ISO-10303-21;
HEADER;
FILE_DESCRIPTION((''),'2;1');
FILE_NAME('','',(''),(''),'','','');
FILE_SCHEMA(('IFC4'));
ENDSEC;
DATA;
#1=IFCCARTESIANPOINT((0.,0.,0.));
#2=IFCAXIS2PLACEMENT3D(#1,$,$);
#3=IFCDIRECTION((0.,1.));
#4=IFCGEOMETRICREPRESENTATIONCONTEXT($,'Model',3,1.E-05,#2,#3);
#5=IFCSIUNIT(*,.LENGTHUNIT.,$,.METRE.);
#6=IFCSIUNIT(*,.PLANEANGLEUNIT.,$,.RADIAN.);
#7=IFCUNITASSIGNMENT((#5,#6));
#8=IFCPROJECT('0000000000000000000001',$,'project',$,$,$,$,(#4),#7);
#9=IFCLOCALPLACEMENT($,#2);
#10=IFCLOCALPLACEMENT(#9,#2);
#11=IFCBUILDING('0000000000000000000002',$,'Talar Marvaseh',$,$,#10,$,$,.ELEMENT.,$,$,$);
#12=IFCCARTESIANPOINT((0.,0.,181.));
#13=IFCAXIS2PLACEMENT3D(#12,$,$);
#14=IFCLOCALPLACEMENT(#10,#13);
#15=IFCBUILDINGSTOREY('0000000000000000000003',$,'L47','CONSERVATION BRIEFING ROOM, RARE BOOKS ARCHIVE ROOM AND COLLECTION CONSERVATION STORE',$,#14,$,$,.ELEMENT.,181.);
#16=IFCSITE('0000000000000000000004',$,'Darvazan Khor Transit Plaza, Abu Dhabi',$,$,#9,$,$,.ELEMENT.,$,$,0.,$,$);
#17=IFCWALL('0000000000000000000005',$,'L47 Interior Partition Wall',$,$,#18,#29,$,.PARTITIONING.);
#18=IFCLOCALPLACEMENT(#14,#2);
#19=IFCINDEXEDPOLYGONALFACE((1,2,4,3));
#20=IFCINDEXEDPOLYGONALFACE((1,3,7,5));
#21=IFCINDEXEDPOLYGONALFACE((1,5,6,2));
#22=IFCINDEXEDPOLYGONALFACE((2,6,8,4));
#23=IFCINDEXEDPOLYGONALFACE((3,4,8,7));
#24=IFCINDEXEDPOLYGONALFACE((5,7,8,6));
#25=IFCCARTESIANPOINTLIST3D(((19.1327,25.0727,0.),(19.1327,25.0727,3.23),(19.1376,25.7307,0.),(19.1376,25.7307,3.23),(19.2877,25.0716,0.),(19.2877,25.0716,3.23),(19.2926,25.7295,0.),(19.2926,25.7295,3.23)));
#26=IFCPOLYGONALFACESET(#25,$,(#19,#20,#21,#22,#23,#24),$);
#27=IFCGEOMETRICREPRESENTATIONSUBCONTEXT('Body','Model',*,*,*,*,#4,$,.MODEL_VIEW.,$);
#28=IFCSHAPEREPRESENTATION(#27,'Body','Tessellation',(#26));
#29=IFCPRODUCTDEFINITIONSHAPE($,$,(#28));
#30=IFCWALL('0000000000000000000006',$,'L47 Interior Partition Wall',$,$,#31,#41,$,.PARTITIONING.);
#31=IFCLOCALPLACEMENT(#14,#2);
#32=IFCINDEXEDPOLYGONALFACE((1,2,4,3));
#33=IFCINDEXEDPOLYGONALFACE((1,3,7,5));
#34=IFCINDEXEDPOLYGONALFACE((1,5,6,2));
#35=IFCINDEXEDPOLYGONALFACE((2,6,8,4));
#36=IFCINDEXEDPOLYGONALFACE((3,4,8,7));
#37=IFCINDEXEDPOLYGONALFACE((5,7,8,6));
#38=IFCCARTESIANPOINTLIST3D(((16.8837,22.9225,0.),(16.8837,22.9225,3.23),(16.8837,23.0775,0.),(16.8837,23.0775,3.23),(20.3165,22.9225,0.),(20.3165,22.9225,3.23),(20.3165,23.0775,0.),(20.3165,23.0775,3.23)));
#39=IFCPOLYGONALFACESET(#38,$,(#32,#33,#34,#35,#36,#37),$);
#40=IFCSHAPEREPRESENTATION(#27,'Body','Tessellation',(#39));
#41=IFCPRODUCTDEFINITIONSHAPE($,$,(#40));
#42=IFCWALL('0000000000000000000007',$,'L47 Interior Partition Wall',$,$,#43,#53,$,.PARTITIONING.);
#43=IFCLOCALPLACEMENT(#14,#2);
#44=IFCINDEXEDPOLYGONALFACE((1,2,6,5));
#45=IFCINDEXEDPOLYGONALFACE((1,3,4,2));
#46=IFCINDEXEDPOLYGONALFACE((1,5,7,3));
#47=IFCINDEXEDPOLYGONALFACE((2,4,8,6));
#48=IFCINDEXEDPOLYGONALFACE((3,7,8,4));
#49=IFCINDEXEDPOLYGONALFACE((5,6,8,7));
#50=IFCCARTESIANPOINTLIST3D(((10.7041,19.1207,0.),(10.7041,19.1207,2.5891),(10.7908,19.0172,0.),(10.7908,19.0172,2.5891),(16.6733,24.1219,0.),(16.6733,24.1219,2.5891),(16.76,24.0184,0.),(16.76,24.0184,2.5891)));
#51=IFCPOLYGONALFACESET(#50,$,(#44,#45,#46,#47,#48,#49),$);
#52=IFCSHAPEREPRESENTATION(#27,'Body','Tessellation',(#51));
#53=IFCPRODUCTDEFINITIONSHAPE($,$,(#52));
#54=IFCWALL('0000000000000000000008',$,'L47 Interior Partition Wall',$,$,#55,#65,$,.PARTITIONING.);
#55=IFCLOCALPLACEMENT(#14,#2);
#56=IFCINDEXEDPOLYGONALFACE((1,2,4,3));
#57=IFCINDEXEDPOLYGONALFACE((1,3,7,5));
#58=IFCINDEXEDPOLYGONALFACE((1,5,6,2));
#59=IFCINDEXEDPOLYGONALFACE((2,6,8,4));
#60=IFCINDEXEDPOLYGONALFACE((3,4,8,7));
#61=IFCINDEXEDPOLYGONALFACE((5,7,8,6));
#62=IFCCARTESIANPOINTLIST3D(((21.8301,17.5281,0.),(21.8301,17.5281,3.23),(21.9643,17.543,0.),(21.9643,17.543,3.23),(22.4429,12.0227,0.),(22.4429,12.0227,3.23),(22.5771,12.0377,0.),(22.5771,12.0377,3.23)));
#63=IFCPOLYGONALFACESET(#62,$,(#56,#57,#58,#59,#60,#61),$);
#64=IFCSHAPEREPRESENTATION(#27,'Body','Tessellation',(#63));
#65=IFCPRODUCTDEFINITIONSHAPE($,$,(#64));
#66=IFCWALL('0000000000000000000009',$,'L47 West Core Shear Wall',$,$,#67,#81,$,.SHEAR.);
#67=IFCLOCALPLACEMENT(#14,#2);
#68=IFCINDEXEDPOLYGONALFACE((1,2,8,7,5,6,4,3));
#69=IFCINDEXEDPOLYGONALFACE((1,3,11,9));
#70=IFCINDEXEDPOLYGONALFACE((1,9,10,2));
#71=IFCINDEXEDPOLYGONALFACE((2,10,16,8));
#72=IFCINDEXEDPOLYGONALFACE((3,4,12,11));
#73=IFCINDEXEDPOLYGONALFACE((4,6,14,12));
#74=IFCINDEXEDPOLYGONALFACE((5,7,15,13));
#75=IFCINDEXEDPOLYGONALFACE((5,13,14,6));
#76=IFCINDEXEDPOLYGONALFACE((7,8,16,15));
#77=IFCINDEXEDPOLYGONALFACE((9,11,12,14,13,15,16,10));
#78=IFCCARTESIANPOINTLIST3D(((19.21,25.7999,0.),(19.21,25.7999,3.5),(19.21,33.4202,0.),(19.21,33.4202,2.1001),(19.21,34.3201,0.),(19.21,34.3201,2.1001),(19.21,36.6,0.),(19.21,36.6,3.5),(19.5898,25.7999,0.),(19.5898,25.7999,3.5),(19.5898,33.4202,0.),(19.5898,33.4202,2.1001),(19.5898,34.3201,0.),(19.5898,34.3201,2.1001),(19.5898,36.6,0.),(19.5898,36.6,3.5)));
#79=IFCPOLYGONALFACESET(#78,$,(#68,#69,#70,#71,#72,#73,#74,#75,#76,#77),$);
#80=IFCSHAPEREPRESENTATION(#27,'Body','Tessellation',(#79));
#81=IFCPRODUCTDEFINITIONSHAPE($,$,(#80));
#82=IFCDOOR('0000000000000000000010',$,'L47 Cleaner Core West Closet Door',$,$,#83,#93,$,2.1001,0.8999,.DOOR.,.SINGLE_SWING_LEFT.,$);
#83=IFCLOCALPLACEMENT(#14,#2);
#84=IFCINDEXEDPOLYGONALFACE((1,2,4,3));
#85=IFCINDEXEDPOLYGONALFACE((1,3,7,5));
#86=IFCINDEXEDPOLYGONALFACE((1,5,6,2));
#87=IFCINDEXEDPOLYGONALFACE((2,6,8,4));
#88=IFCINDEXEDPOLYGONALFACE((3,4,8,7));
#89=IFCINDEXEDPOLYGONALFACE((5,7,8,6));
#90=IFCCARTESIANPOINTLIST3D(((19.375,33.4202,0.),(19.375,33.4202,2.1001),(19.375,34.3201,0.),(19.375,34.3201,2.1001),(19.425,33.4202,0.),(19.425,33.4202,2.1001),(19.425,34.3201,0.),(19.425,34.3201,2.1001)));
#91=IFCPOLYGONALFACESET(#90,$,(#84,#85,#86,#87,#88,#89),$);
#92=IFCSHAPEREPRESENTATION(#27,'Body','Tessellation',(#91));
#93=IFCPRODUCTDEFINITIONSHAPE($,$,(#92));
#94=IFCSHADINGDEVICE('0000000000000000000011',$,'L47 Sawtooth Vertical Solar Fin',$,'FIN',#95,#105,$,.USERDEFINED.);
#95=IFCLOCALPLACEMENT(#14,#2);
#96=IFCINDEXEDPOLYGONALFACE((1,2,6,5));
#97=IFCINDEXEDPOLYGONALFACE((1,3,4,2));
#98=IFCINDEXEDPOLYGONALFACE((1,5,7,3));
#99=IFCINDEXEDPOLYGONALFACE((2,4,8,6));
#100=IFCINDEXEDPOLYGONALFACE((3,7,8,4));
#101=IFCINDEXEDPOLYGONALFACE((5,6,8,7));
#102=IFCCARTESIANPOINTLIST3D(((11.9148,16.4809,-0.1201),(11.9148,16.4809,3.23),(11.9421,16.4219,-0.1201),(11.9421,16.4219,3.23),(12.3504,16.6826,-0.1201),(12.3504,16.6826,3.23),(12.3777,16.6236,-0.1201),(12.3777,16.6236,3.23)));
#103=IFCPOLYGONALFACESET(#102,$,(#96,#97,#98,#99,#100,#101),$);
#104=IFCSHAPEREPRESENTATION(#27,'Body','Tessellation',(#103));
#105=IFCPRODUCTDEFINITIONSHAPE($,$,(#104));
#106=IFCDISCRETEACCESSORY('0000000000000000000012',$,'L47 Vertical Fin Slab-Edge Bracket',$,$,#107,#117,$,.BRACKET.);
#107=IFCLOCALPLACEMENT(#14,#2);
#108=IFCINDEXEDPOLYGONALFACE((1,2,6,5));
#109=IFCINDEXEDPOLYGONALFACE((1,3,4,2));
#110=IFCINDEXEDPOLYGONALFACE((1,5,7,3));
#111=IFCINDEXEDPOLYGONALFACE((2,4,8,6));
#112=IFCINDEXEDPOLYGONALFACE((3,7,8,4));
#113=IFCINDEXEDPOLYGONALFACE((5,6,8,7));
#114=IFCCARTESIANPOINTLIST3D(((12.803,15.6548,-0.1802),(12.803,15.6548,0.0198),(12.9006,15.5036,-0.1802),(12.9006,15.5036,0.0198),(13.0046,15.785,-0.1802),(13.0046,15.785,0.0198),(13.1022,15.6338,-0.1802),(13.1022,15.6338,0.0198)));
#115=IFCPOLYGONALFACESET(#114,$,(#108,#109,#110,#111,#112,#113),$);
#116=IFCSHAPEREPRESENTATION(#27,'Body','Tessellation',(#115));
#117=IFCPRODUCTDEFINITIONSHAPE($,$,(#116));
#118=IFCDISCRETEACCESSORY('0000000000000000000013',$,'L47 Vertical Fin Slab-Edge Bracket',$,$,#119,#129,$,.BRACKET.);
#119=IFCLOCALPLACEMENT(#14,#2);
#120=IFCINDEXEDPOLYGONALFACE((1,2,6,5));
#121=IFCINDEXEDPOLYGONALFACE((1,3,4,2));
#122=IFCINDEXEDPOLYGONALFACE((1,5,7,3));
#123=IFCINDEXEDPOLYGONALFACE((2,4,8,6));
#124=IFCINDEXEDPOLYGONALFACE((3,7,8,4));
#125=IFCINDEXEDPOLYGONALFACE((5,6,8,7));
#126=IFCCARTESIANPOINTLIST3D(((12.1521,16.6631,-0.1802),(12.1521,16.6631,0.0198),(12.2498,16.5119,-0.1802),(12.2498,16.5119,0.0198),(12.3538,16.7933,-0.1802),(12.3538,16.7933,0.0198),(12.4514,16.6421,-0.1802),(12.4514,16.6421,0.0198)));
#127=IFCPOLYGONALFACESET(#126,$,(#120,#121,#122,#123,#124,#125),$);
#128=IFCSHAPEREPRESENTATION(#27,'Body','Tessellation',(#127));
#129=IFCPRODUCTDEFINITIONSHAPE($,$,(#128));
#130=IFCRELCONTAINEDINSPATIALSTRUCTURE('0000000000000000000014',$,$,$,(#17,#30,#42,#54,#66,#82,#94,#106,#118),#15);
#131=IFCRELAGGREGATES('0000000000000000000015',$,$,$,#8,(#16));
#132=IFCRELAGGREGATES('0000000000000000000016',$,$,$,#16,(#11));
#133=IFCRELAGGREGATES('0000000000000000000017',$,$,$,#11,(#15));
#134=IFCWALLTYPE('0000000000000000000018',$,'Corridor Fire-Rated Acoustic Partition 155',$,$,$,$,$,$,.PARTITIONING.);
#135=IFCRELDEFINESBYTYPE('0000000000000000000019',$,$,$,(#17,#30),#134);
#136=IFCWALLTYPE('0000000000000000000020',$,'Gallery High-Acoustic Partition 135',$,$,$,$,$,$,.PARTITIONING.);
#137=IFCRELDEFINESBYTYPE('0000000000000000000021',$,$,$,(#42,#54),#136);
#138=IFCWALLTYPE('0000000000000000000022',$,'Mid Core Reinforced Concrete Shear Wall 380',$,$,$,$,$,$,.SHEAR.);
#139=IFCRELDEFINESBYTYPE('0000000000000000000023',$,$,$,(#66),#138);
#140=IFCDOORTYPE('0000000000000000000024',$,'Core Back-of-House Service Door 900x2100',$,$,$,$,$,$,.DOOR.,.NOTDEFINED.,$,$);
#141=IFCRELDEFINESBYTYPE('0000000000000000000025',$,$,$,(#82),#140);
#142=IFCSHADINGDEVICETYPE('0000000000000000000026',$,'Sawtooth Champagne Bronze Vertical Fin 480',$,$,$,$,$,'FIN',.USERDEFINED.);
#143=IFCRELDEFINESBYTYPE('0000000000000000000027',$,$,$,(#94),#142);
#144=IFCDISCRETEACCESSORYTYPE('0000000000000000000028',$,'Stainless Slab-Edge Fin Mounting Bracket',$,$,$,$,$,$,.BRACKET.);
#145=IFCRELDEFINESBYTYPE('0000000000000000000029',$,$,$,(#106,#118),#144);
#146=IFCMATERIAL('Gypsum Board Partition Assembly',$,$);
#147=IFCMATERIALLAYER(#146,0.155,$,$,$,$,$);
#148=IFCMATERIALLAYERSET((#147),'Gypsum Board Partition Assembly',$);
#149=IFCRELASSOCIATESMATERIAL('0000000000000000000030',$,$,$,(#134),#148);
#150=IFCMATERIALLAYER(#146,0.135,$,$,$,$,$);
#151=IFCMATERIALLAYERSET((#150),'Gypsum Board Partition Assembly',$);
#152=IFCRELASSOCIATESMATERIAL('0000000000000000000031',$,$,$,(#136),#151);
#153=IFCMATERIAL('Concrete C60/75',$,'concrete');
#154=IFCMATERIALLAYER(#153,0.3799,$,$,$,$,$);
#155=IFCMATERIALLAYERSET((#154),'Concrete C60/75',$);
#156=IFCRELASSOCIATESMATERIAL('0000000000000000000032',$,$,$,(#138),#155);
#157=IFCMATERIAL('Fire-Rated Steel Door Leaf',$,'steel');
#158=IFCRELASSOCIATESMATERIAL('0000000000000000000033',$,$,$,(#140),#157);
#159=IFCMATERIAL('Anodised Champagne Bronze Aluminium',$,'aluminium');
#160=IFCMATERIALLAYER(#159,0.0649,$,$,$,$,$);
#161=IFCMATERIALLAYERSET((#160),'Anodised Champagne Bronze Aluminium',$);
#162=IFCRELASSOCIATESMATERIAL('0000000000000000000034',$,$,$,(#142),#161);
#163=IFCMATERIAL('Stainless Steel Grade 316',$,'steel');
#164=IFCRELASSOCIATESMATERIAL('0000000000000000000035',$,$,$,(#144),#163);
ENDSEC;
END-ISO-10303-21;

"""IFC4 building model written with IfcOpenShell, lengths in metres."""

from ifc_helpers import new_model, si_unit, direction, frame, frame_2d, origin, origin_2d, place, context, subcontext, project, spatial, rectangle, extrude, source, transform, mapped, material, layer, layer_set, type_object, type_shapes, element, fill, save


model = new_model("IFC4")

# Units and contexts
model_context = context("Model", 3, precision=1e-05, world=origin(), true_north=direction((0.0, 1.0)))
body_context = subcontext(model_context, "Body", "Model", "MODEL_VIEW")
ifc_project = project(units=[si_unit("LENGTHUNIT", "METRE"), si_unit("PLANEANGLEUNIT", "RADIAN")], contexts=[model_context])

# Site, building, storey
site_placement = place(None, origin())
site = spatial("IfcSite", under=ifc_project, at=site_placement, Name="Darvazan Khor Transit Plaza, Abu Dhabi", CompositionType="ELEMENT", RefElevation=0.0)
building_placement = place(site_placement, origin())
building = spatial("IfcBuilding", under=site, at=building_placement, Name="Talar Marvaseh", CompositionType="ELEMENT")
storey_placement = place(building_placement, frame((0.0, 0.0, 181.0)))
storey = spatial("IfcBuildingStorey", under=building, at=storey_placement, Name="L47", Description="CONSERVATION BRIEFING ROOM, RARE BOOKS ARCHIVE ROOM AND COLLECTION CONSERVATION STORE", CompositionType="ELEMENT", Elevation=181.0)

# Shared definitions
ifc_material_1 = material(Name="Concrete C60/75", Category="concrete")

# Shared definitions
ifc_material_2 = material(Name="Gypsum Board Partition Assembly")
ifc_layer_1 = layer(ifc_material_2, 0.155)
ifc_layer_set_1 = layer_set([ifc_layer_1], Name="Gypsum Board Partition Assembly")
wall_type_1 = type_object("IfcWallType", Name="Corridor Fire-Rated Acoustic Partition 155", PredefinedType="PARTITIONING", material=ifc_layer_set_1)

# Walls
wall_1_placement = place(storey_placement, frame((19.2102, 25.072, 0.0), z_axis=(0.0, 0.0, 1.0), x_axis=(0.007421, 0.999972, 0.0)))
element("IfcWall", 1, at=wall_1_placement, inside=storey, type_object=wall_type_1, Name="L47 Interior Partition Wall", PredefinedType="PARTITIONING", context=body_context, shape_type="SweptSolid", body=[
    extrude(rectangle(XDim=0.658, YDim=0.155, at=frame_2d((0.3291, 0.0))), origin(), (0.0, 0.0, 1.0), 3.23),
])
wall_2_placement = place(storey_placement, frame((20.3164, 23.0, 0.0), z_axis=(0.0, 0.0, 1.0), x_axis=(-1.0, 0.0, 0.0)))
element("IfcWall", 2, at=wall_2_placement, inside=storey, type_object=wall_type_1, Name="L47 Interior Partition Wall", PredefinedType="PARTITIONING", context=body_context, shape_type="SweptSolid", body=[
    extrude(rectangle(XDim=3.4329, YDim=0.155, at=frame_2d((1.7163, 0.0))), origin(), (0.0, 0.0, 1.0), 3.23),
])
ifc_layer_2 = layer(ifc_material_2, 0.135)
ifc_layer_set_2 = layer_set([ifc_layer_2], Name="Gypsum Board Partition Assembly")
wall_type_2 = type_object("IfcWallType", Name="Gallery High-Acoustic Partition 135", PredefinedType="PARTITIONING", material=ifc_layer_set_2)
wall_3_placement = place(storey_placement, frame((16.7166, 24.0701, 0.0), z_axis=(0.0, 0.0, 1.0), x_axis=(-0.766523, -0.642217, 0.0)))
element("IfcWall", 3, at=wall_3_placement, inside=storey, type_object=wall_type_2, Name="L47 Interior Partition Wall", PredefinedType="PARTITIONING", context=body_context, shape_type="SweptSolid", body=[
    extrude(rectangle(XDim=7.7874, YDim=0.135, at=frame_2d((3.8936, 0.0))), origin(), (0.0, 0.0, 1.0), 2.5891),
])
wall_4_placement = place(storey_placement, frame((21.8972, 17.5354, 0.0), z_axis=(0.0, 0.0, 1.0), x_axis=(0.110625, -0.993862, 0.0)))
element("IfcWall", 4, at=wall_4_placement, inside=storey, type_object=wall_type_2, Name="L47 Interior Partition Wall", PredefinedType="PARTITIONING", context=body_context, shape_type="SweptSolid", body=[
    extrude(rectangle(XDim=5.5393, YDim=0.135, at=frame_2d((2.7695, 0.0))), origin(), (0.0, 0.0, 1.0), 3.23),
])

# Wall, opening, door
ifc_layer_3 = layer(ifc_material_1, 0.3799)
ifc_layer_set_3 = layer_set([ifc_layer_3], Name="Concrete C60/75")
wall_type_3 = type_object("IfcWallType", Name="Mid Core Reinforced Concrete Shear Wall 380", PredefinedType="SHEAR", material=ifc_layer_set_3)
wall_5_placement = place(storey_placement, frame((19.3999, 25.8, 0.0), z_axis=(0.0, 0.0, 1.0), x_axis=(0.0, 1.0, 0.0)))
wall_5 = element("IfcWall", 5, at=wall_5_placement, inside=storey, type_object=wall_type_3, Name="L47 West Core Shear Wall", PredefinedType="SHEAR", context=body_context, shape_type="SweptSolid", body=[
    extrude(rectangle(XDim=10.8, YDim=0.3799, at=frame_2d((5.3999, 0.0))), origin(), (0.0, 0.0, 1.0), 3.5),
])
opening_1_placement = place(wall_5_placement, frame((7.6201, 0.0, 0.0)))
opening_1 = element("IfcOpeningElement", 6, at=opening_1_placement, cuts=wall_5, PredefinedType="OPENING", context=body_context, shape_type="SweptSolid", body=[
    extrude(rectangle(XDim=0.8999, YDim=2.1001, at=frame_2d((0.45, 1.05))), frame((0.0, 0.2, 0.0), z_axis=(0.0, -1.0, 0.0), x_axis=(1.0, 0.0, 0.0)), (0.0, 0.0, 1.0), 0.3999),
])
ifc_material_3 = material(Name="Fire-Rated Steel Door Leaf", Category="steel")
door_type_1 = type_object("IfcDoorType", Name="Core Back-of-House Service Door 900x2100", OperationType="NOTDEFINED", PredefinedType="DOOR", material=ifc_material_3)
shared_shape_1 = source(origin(), body_context, "Body", "SweptSolid", [
    extrude(rectangle(XDim=0.8999, YDim=2.1001, at=frame_2d((0.45, 1.05))), frame((0.0, 0.0249, 0.0), z_axis=(0.0, -1.0, 0.0), x_axis=(1.0, 0.0, 0.0)), (0.0, 0.0, 1.0), 0.05),
])
type_shapes(door_type_1, [shared_shape_1])
door_1_placement = place(opening_1_placement, origin())
door_1 = element("IfcDoor", 7, at=door_1_placement, inside=storey, type_object=door_type_1, Name="L47 Cleaner Core West Closet Door", OperationType="SINGLE_SWING_LEFT", OverallHeight=2.1001, OverallWidth=0.8999, PredefinedType="DOOR", context=body_context, shape_type="MappedRepresentation", body=[
    mapped(shared_shape_1, transform((0.0, 0.0, 0.0), x_axis=(1.0, 0.0, 0.0), y_axis=(0.0, 1.0, 0.0), z_axis=(0.0, 0.0, 1.0), scale=1.0)),
])
fill(opening_1, door_1)

# Shading device
ifc_material_4 = material(Name="Anodised Champagne Bronze Aluminium", Category="aluminium")
ifc_layer_4 = layer(ifc_material_4, 0.0649)
ifc_layer_set_4 = layer_set([ifc_layer_4], Name="Anodised Champagne Bronze Aluminium")
shading_device_type = type_object("IfcShadingDeviceType", Name="Sawtooth Champagne Bronze Vertical Fin 480", ElementType="FIN", PredefinedType="USERDEFINED", material=ifc_layer_set_4)
shared_shape_2 = source(origin(), body_context, "Body", "SweptSolid", [
    extrude(rectangle(XDim=0.48, YDim=0.0649, at=origin_2d()), origin(), (0.0, 0.0, 1.0), 3.3501),
])
type_shapes(shading_device_type, [shared_shape_2])
shading_device_placement = place(storey_placement, frame((12.1462, 16.5522, -0.1201), z_axis=(0.0, 0.0, 1.0), x_axis=(-0.907411, -0.420244, 0.0)))
element("IfcShadingDevice", 8, at=shading_device_placement, inside=storey, type_object=shading_device_type, Name="L47 Sawtooth Vertical Solar Fin", ObjectType="FIN", PredefinedType="USERDEFINED", context=body_context, shape_type="MappedRepresentation", body=[
    mapped(shared_shape_2, transform((0.0, 0.0, 0.0), x_axis=(1.0, 0.0, 0.0), y_axis=(0.0, 1.0, 0.0), z_axis=(0.0, 0.0, 1.0), scale=1.0)),
])

# Discrete accessories
ifc_material_5 = material(Name="Stainless Steel Grade 316", Category="steel")
discrete_accessory_type = type_object("IfcDiscreteAccessoryType", Name="Stainless Slab-Edge Fin Mounting Bracket", PredefinedType="BRACKET", material=ifc_material_5)
shared_shape_3 = source(origin(), body_context, "Body", "SweptSolid", [
    extrude(rectangle(XDim=0.24, YDim=0.1799, at=origin_2d()), origin(), (0.0, 0.0, 1.0), 0.2),
])
type_shapes(discrete_accessory_type, [shared_shape_3])
for number, where, z_axis, x_axis, name in (
    (9, (12.9526, 15.6443, -0.1802), (0.0, 0.0, 1.0), (-0.840094, -0.542442, 0.0), "L47 Vertical Fin Slab-Edge Bracket"),
    (10, (12.3018, 16.6526, -0.1802), (0.0, 0.0, 1.0), (-0.840094, -0.542442, 0.0), "L47 Vertical Fin Slab-Edge Bracket"),
):
    element("IfcDiscreteAccessory", number, at=place(storey_placement, frame(where, z_axis=z_axis, x_axis=x_axis)), inside=storey, type_object=discrete_accessory_type, Name=name, PredefinedType="BRACKET", context=body_context, shape_type="MappedRepresentation", body=[
        mapped(shared_shape_3, transform((0.0, 0.0, 0.0), x_axis=(1.0, 0.0, 0.0), y_axis=(0.0, 1.0, 0.0), z_axis=(0.0, 0.0, 1.0), scale=1.0)),
    ])

save(model, "model.ifc")
